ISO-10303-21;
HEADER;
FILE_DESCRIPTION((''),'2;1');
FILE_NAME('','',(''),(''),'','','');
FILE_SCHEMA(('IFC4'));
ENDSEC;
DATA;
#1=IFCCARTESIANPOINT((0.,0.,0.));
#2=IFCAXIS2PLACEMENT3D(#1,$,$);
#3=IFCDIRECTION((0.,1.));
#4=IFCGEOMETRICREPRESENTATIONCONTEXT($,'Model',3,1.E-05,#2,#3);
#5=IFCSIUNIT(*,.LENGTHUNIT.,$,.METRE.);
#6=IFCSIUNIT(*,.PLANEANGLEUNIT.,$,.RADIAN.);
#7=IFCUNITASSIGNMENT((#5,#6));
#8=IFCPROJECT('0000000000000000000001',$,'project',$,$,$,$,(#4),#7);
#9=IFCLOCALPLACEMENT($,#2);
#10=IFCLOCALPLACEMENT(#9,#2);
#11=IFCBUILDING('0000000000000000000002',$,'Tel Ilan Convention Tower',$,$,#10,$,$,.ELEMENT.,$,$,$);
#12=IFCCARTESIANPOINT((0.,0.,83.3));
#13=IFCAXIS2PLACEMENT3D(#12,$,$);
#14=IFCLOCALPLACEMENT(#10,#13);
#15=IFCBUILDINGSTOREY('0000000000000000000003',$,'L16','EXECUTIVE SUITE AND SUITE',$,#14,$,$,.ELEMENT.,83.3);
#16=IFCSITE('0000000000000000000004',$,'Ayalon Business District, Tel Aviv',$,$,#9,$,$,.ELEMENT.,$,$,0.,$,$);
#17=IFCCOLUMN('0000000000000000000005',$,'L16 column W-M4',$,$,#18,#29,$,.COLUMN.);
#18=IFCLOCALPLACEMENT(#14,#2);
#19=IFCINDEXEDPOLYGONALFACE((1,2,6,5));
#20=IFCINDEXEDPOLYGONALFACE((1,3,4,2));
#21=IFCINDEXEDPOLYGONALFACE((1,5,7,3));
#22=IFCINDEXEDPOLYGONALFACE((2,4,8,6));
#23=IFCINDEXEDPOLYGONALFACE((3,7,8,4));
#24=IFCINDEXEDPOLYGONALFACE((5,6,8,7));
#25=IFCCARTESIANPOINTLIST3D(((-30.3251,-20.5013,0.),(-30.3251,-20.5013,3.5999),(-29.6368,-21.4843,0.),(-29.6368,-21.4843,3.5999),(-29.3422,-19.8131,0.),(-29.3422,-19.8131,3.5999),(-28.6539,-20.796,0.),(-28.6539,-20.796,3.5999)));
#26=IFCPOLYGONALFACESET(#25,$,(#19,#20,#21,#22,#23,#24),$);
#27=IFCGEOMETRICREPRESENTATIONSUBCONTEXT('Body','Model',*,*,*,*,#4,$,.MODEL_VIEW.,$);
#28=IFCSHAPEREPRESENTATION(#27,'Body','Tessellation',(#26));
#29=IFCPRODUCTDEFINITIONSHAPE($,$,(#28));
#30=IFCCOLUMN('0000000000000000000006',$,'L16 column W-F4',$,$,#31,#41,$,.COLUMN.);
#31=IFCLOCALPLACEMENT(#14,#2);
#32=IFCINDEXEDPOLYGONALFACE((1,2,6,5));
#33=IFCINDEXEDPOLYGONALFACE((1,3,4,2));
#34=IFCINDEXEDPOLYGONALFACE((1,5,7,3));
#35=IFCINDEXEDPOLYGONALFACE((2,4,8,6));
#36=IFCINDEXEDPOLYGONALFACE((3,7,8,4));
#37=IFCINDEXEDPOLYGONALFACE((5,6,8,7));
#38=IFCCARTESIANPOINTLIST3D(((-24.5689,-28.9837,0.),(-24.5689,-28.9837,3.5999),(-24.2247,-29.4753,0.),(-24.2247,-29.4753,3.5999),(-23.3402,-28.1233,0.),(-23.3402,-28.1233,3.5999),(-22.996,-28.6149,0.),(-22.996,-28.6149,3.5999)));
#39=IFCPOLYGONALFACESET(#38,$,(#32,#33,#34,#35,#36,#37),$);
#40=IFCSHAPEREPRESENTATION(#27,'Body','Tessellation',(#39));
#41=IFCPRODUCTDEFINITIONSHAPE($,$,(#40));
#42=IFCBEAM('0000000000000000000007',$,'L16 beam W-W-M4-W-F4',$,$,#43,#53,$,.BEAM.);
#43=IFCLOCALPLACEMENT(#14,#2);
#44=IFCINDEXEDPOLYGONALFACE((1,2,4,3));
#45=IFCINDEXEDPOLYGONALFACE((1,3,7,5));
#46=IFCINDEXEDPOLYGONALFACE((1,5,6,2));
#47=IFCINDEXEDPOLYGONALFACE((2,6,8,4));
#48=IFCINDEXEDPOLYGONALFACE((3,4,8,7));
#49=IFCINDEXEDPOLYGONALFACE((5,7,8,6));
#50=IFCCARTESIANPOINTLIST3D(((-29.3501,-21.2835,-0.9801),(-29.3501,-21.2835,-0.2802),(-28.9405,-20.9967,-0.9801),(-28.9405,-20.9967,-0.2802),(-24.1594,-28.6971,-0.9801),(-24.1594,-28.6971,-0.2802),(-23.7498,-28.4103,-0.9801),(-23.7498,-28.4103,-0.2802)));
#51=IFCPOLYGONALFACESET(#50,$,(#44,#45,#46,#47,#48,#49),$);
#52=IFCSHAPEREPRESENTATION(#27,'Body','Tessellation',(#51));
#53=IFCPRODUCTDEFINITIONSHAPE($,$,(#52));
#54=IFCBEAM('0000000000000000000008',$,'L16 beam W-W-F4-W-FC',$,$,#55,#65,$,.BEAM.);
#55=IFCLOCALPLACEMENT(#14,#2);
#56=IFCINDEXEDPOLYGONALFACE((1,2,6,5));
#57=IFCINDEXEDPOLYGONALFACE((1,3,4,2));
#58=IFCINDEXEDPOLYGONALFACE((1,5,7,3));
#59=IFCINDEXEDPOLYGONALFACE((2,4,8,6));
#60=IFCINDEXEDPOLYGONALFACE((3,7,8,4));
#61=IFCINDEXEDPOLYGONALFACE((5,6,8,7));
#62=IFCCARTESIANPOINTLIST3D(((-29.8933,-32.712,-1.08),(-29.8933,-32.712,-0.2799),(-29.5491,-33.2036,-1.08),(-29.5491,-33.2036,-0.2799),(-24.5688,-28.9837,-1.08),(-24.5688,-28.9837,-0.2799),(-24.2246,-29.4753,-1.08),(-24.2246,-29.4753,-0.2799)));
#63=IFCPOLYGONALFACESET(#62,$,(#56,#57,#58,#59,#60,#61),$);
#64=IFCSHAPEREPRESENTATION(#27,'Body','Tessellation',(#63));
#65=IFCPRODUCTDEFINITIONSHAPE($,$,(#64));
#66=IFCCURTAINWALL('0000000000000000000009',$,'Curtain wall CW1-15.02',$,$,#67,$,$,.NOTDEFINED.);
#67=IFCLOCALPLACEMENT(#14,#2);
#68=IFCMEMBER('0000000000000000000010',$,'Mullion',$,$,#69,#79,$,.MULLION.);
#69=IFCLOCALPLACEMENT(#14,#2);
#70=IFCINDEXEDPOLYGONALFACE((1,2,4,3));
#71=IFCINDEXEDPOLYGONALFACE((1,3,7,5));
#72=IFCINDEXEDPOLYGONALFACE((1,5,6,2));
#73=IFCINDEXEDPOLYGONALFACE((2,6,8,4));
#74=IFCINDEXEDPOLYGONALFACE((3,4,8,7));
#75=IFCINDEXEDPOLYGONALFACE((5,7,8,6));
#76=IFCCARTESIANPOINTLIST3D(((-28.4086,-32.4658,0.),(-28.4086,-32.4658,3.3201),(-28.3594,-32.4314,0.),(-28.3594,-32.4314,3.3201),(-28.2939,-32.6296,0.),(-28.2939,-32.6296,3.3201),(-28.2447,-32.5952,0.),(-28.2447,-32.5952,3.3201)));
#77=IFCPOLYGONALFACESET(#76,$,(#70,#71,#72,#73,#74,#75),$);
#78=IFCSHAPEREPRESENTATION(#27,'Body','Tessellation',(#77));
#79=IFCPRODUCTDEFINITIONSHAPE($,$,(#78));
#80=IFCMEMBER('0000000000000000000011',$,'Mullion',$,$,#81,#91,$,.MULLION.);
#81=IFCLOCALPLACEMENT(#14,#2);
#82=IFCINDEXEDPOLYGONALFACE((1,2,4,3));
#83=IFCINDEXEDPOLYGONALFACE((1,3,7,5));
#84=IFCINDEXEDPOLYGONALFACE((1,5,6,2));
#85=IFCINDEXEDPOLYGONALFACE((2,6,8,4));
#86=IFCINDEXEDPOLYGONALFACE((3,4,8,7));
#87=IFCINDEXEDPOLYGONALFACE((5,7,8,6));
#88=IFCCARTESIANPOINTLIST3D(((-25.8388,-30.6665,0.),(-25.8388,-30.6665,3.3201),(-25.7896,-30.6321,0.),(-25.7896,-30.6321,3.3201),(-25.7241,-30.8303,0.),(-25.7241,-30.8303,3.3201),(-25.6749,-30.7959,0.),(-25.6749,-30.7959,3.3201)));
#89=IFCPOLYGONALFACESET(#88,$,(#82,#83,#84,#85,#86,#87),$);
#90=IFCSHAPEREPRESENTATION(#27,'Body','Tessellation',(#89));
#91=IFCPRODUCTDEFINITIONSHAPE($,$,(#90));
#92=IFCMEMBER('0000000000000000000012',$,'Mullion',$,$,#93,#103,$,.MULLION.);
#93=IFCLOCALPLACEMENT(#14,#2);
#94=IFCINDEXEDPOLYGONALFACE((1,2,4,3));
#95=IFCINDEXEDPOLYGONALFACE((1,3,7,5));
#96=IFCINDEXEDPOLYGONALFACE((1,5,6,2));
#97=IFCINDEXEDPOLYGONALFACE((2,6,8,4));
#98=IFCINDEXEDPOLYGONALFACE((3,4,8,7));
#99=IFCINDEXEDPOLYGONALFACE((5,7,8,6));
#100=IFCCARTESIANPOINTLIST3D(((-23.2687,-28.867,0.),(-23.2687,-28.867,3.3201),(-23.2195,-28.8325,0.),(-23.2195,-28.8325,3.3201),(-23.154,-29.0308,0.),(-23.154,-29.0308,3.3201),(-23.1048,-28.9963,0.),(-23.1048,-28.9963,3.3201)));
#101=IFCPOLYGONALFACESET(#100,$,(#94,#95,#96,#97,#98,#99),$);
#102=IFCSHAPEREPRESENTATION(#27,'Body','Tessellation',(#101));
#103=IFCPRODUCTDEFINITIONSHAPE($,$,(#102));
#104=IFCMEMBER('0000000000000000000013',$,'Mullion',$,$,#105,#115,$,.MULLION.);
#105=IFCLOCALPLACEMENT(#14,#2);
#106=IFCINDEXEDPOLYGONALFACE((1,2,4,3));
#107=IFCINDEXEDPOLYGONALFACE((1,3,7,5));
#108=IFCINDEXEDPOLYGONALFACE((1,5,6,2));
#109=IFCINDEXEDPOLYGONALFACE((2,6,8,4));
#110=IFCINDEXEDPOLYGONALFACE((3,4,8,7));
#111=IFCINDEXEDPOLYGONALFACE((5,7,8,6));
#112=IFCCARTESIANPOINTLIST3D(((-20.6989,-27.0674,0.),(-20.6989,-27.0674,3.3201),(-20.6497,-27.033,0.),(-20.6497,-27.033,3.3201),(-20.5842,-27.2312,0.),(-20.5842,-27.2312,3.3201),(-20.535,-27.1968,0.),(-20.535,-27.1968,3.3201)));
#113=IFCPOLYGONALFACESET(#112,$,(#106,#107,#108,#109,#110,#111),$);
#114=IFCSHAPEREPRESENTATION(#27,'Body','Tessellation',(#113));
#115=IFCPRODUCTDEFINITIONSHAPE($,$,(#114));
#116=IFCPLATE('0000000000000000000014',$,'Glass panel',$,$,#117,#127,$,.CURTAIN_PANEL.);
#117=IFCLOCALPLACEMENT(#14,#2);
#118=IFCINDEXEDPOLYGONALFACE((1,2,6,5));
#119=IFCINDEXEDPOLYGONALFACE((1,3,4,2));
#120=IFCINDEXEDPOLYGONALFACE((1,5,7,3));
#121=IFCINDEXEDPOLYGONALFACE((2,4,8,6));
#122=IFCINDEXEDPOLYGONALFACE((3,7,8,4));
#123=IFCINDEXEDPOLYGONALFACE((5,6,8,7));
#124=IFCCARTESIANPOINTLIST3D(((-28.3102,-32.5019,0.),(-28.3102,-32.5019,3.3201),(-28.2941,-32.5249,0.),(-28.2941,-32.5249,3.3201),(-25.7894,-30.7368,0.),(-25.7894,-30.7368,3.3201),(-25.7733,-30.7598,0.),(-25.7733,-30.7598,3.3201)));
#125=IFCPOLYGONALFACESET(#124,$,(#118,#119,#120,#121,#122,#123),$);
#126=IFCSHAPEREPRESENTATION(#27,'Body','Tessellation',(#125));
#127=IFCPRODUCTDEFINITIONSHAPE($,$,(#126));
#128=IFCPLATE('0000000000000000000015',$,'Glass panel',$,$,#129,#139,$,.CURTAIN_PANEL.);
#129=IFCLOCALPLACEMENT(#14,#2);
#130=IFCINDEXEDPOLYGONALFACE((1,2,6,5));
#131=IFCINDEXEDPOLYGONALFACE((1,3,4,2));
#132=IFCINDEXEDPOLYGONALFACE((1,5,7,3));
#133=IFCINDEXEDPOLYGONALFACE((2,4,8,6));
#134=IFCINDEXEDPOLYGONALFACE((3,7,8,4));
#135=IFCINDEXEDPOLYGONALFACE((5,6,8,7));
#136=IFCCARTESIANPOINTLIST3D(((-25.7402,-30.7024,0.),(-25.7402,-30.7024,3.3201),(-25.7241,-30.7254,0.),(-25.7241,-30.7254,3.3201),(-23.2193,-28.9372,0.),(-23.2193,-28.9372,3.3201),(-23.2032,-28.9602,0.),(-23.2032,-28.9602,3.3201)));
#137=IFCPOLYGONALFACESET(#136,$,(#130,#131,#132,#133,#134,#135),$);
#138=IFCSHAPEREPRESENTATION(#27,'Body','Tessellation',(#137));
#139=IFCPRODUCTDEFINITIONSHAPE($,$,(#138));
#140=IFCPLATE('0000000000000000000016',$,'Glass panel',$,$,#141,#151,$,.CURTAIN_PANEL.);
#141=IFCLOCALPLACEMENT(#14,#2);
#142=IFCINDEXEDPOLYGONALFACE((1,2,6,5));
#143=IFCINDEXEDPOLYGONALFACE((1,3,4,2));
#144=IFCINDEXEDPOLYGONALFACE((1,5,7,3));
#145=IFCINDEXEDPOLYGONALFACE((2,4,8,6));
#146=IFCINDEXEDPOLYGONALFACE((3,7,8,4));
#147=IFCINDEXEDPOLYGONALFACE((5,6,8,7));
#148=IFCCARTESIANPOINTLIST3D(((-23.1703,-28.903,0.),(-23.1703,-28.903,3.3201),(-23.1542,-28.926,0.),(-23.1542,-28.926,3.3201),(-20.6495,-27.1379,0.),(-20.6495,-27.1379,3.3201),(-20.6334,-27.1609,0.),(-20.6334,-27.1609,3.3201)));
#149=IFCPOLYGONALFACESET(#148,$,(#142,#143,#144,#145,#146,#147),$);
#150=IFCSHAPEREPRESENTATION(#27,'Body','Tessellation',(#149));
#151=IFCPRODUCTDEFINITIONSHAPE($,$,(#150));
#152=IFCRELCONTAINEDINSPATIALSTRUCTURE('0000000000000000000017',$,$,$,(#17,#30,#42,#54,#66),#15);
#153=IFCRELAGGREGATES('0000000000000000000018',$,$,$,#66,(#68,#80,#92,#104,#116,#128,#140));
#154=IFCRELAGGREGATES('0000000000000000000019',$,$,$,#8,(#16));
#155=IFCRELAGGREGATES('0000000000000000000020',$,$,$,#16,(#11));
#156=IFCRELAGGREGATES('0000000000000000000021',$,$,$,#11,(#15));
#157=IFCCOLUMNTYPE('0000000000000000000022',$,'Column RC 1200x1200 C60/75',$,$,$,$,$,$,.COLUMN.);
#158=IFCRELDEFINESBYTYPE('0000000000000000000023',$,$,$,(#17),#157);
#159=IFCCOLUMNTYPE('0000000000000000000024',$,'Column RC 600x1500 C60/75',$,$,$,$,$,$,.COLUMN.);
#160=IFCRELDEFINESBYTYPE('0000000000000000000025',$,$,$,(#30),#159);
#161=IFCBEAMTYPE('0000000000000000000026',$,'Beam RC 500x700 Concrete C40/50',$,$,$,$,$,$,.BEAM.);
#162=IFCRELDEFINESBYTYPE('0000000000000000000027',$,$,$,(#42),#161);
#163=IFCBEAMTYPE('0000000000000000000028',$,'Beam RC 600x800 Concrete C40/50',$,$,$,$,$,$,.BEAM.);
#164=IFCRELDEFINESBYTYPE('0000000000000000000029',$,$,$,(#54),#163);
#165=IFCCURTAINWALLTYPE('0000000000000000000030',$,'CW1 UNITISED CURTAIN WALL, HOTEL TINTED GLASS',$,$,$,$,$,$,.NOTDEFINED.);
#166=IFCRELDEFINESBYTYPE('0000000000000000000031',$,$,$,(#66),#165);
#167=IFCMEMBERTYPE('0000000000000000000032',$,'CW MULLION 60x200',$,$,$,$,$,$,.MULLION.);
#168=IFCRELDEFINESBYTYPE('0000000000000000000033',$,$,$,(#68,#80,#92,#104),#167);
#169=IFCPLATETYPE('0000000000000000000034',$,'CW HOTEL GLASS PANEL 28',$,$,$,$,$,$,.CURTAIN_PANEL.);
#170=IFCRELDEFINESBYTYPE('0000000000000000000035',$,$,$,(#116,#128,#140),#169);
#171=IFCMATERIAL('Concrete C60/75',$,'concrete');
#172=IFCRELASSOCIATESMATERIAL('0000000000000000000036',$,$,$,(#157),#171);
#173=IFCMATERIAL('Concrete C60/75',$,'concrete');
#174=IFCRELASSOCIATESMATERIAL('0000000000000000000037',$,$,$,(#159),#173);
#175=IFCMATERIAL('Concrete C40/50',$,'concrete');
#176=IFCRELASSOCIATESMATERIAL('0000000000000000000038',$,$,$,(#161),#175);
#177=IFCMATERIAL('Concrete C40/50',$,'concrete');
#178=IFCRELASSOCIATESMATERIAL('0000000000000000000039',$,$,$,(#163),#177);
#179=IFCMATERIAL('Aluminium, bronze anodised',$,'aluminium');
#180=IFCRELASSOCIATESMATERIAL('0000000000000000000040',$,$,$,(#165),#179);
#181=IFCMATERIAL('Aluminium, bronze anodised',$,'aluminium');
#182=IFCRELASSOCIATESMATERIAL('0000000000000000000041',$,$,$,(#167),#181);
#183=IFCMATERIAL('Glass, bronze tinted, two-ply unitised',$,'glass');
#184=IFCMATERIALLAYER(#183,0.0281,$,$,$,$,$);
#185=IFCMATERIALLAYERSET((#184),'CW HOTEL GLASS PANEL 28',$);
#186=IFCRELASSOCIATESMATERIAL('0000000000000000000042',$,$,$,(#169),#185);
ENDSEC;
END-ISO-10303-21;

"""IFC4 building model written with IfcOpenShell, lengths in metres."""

from ifc_helpers import new_model, si_unit, direction, frame, origin, origin_2d, place, context, subcontext, project, spatial, rectangle, extrude, material, layer, layer_set, material_profile, profile_set, type_object, element, aggregate, save


model = new_model("IFC4")

# Units and contexts
model_context = context("Model", 3, precision=1e-05, world=origin(), true_north=direction((0.0, 1.0)))
body_context = subcontext(model_context, "Body", "Model", "MODEL_VIEW")
ifc_project = project(units=[si_unit("LENGTHUNIT", "METRE"), si_unit("PLANEANGLEUNIT", "RADIAN")], contexts=[model_context])

# Site, building, storey
site_placement = place(None, origin())
site = spatial("IfcSite", under=ifc_project, at=site_placement, Name="Ayalon Business District, Tel Aviv", CompositionType="ELEMENT", RefElevation=0.0)
building_placement = place(site_placement, origin())
building = spatial("IfcBuilding", under=site, at=building_placement, Name="Tel Ilan Convention Tower", CompositionType="ELEMENT")
storey_placement = place(building_placement, frame((0.0, 0.0, 83.3)))
storey = spatial("IfcBuildingStorey", under=building, at=storey_placement, Name="L16", Description="EXECUTIVE SUITE AND SUITE", CompositionType="ELEMENT", Elevation=83.3)

# Columns
ifc_material_1 = material(Name="Concrete C60/75", Category="concrete")
ifc_material_profile_1 = material_profile(ifc_material_1, rectangle(XDim=1.2, YDim=1.2, at=origin_2d()), Name="RC 1200x1200")
ifc_profile_set_1 = profile_set([ifc_material_profile_1], Name="Concrete C60/75")
column_type_1 = type_object("IfcColumnType", Name="Column RC 1200x1200 C60/75", PredefinedType="COLUMN", material=ifc_profile_set_1)
column_1_placement = place(storey_placement, frame((-29.4895, -20.6487, 0.0), z_axis=(0.0, 0.0, 1.0), x_axis=(-0.819152, -0.573576, 0.0)))
element("IfcColumn", 1, at=column_1_placement, inside=storey, type_object=column_type_1, Name="L16 column W-M4", PredefinedType="COLUMN", context=body_context, shape_type="SweptSolid", body=[
    extrude(rectangle(XDim=1.2, YDim=1.2, at=origin_2d()), origin(), (0.0, 0.0, 1.0), 3.5999),
])
ifc_material_2 = material(Name="Concrete C60/75", Category="concrete")
ifc_material_profile_2 = material_profile(ifc_material_2, rectangle(XDim=1.5, YDim=0.6001, at=origin_2d()), Name="RC 600x1500")
ifc_profile_set_2 = profile_set([ifc_material_profile_2], Name="Concrete C60/75")
column_type_2 = type_object("IfcColumnType", Name="Column RC 600x1500 C60/75", PredefinedType="COLUMN", material=ifc_profile_set_2)
column_2_placement = place(storey_placement, frame((-23.7825, -28.7993, 0.0), z_axis=(0.0, 0.0, 1.0), x_axis=(-0.819152, -0.573576, 0.0)))
element("IfcColumn", 2, at=column_2_placement, inside=storey, type_object=column_type_2, Name="L16 column W-F4", PredefinedType="COLUMN", context=body_context, shape_type="SweptSolid", body=[
    extrude(rectangle(XDim=1.5, YDim=0.6001, at=origin_2d()), origin(), (0.0, 0.0, 1.0), 3.5999),
])

# Beams
ifc_material_3 = material(Name="Concrete C40/50", Category="concrete")
ifc_material_profile_3 = material_profile(ifc_material_3, rectangle(XDim=0.5, YDim=0.7, at=origin_2d()), Name="RC 500x700")
ifc_profile_set_3 = profile_set([ifc_material_profile_3], Name="Concrete C40/50")
beam_type_1 = type_object("IfcBeamType", Name="Beam RC 500x700 Concrete C40/50", PredefinedType="BEAM", material=ifc_profile_set_3)
beam_1_placement = place(storey_placement, frame((-29.1453, -21.1401, -0.6301), z_axis=(0.573549, -0.819171, 0.0), x_axis=(0.819171, 0.573549, 0.0)))
element("IfcBeam", 3, at=beam_1_placement, inside=storey, type_object=beam_type_1, Name="L16 beam W-W-M4-W-F4", PredefinedType="BEAM", context=body_context, shape_type="SweptSolid", body=[
    extrude(rectangle(XDim=0.5, YDim=0.7, at=origin_2d()), origin(), (0.0, 0.0, 1.0), 9.05),
])
ifc_material_4 = material(Name="Concrete C40/50", Category="concrete")
ifc_material_profile_4 = material_profile(ifc_material_4, rectangle(XDim=0.6001, YDim=0.8, at=origin_2d()), Name="RC 600x800")
ifc_profile_set_4 = profile_set([ifc_material_profile_4], Name="Concrete C40/50")
beam_type_2 = type_object("IfcBeamType", Name="Beam RC 600x800 Concrete C40/50", PredefinedType="BEAM", material=ifc_profile_set_4)
beam_2_placement = place(storey_placement, frame((-24.3967, -29.2295, -0.6799), z_axis=(-0.819149, -0.573581, 0.0), x_axis=(0.573581, -0.819149, 0.0)))
element("IfcBeam", 4, at=beam_2_placement, inside=storey, type_object=beam_type_2, Name="L16 beam W-W-F4-W-FC", PredefinedType="BEAM", context=body_context, shape_type="SweptSolid", body=[
    extrude(rectangle(XDim=0.6001, YDim=0.8, at=origin_2d()), origin(), (0.0, 0.0, 1.0), 6.5),
])

# Curtain wall, members, plates
ifc_material_5 = material(Name="Aluminium, bronze anodised", Category="aluminium")
curtain_wall_type = type_object("IfcCurtainWallType", Name="CW1 UNITISED CURTAIN WALL, HOTEL TINTED GLASS", PredefinedType="NOTDEFINED", material=ifc_material_5)
curtain_wall_placement = place(storey_placement, origin())
curtain_wall = element("IfcCurtainWall", 5, at=curtain_wall_placement, inside=storey, type_object=curtain_wall_type, Name="Curtain wall CW1-15.02", PredefinedType="NOTDEFINED")
ifc_material_6 = material(Name="Aluminium, bronze anodised", Category="aluminium")
ifc_material_profile_5 = material_profile(ifc_material_6, rectangle(XDim=0.0601, YDim=0.2, at=origin_2d()), Name="CW MULLION 60x200")
ifc_profile_set_5 = profile_set([ifc_material_profile_5], Name="Aluminium, bronze anodised")
member_type = type_object("IfcMemberType", Name="CW MULLION 60x200", PredefinedType="MULLION", material=ifc_profile_set_5)
member_1_placement = place(storey_placement, frame((-28.3267, -32.5305, 0.0), z_axis=(0.0, 0.0, 1.0), x_axis=(0.819152, 0.573576, 0.0)))
member_1 = element("IfcMember", 6, at=member_1_placement, type_object=member_type, Name="Mullion", PredefinedType="MULLION", context=body_context, shape_type="SweptSolid", body=[
    extrude(rectangle(XDim=0.0601, YDim=0.2, at=origin_2d()), origin(), (0.0, 0.0, 1.0), 3.3201),
])
member_2_placement = place(storey_placement, frame((-25.7568, -30.7312, 0.0), z_axis=(0.0, 0.0, 1.0), x_axis=(0.819152, 0.573576, 0.0)))
member_2 = element("IfcMember", 7, at=member_2_placement, type_object=member_type, Name="Mullion", PredefinedType="MULLION", context=body_context, shape_type="SweptSolid", body=[
    extrude(rectangle(XDim=0.0601, YDim=0.2, at=origin_2d()), origin(), (0.0, 0.0, 1.0), 3.3201),
])
member_3_placement = place(storey_placement, frame((-23.1868, -28.9316, 0.0), z_axis=(0.0, 0.0, 1.0), x_axis=(0.819152, 0.573576, 0.0)))
member_3 = element("IfcMember", 8, at=member_3_placement, type_object=member_type, Name="Mullion", PredefinedType="MULLION", context=body_context, shape_type="SweptSolid", body=[
    extrude(rectangle(XDim=0.0601, YDim=0.2, at=origin_2d()), origin(), (0.0, 0.0, 1.0), 3.3201),
])
member_4_placement = place(storey_placement, frame((-20.6169, -27.1321, 0.0), z_axis=(0.0, 0.0, 1.0), x_axis=(0.819152, 0.573576, 0.0)))
member_4 = element("IfcMember", 9, at=member_4_placement, type_object=member_type, Name="Mullion", PredefinedType="MULLION", context=body_context, shape_type="SweptSolid", body=[
    extrude(rectangle(XDim=0.0601, YDim=0.2, at=origin_2d()), origin(), (0.0, 0.0, 1.0), 3.3201),
])
ifc_material_7 = material(Name="Glass, bronze tinted, two-ply unitised", Category="glass")
ifc_layer_1 = layer(ifc_material_7, 0.0281)
ifc_layer_set_1 = layer_set([ifc_layer_1], Name="CW HOTEL GLASS PANEL 28")
plate_type = type_object("IfcPlateType", Name="CW HOTEL GLASS PANEL 28", PredefinedType="CURTAIN_PANEL", material=ifc_layer_set_1)
plate_1_placement = place(storey_placement, frame((-27.0417, -31.6309, 0.0), z_axis=(0.0, 0.0, 1.0), x_axis=(0.819152, 0.573576, 0.0)))
plate_1 = element("IfcPlate", 10, at=plate_1_placement, type_object=plate_type, Name="Glass panel", PredefinedType="CURTAIN_PANEL", context=body_context, shape_type="SweptSolid", body=[
    extrude(rectangle(XDim=3.0774, YDim=0.0281, at=origin_2d()), origin(), (0.0, 0.0, 1.0), 3.3201),
])
plate_2_placement = place(storey_placement, frame((-24.4717, -29.8313, 0.0), z_axis=(0.0, 0.0, 1.0), x_axis=(0.819152, 0.573576, 0.0)))
plate_2 = element("IfcPlate", 11, at=plate_2_placement, type_object=plate_type, Name="Glass panel", PredefinedType="CURTAIN_PANEL", context=body_context, shape_type="SweptSolid", body=[
    extrude(rectangle(XDim=3.0774, YDim=0.0281, at=origin_2d()), origin(), (0.0, 0.0, 1.0), 3.3201),
])
plate_3_placement = place(storey_placement, frame((-21.9019, -28.032, 0.0), z_axis=(0.0, 0.0, 1.0), x_axis=(0.819152, 0.573576, 0.0)))
plate_3 = element("IfcPlate", 12, at=plate_3_placement, type_object=plate_type, Name="Glass panel", PredefinedType="CURTAIN_PANEL", context=body_context, shape_type="SweptSolid", body=[
    extrude(rectangle(XDim=3.0774, YDim=0.0281, at=origin_2d()), origin(), (0.0, 0.0, 1.0), 3.3201),
])
aggregate(curtain_wall, [member_1, member_2, member_3, member_4, plate_1, plate_2, plate_3])

save(model, "model.ifc")
